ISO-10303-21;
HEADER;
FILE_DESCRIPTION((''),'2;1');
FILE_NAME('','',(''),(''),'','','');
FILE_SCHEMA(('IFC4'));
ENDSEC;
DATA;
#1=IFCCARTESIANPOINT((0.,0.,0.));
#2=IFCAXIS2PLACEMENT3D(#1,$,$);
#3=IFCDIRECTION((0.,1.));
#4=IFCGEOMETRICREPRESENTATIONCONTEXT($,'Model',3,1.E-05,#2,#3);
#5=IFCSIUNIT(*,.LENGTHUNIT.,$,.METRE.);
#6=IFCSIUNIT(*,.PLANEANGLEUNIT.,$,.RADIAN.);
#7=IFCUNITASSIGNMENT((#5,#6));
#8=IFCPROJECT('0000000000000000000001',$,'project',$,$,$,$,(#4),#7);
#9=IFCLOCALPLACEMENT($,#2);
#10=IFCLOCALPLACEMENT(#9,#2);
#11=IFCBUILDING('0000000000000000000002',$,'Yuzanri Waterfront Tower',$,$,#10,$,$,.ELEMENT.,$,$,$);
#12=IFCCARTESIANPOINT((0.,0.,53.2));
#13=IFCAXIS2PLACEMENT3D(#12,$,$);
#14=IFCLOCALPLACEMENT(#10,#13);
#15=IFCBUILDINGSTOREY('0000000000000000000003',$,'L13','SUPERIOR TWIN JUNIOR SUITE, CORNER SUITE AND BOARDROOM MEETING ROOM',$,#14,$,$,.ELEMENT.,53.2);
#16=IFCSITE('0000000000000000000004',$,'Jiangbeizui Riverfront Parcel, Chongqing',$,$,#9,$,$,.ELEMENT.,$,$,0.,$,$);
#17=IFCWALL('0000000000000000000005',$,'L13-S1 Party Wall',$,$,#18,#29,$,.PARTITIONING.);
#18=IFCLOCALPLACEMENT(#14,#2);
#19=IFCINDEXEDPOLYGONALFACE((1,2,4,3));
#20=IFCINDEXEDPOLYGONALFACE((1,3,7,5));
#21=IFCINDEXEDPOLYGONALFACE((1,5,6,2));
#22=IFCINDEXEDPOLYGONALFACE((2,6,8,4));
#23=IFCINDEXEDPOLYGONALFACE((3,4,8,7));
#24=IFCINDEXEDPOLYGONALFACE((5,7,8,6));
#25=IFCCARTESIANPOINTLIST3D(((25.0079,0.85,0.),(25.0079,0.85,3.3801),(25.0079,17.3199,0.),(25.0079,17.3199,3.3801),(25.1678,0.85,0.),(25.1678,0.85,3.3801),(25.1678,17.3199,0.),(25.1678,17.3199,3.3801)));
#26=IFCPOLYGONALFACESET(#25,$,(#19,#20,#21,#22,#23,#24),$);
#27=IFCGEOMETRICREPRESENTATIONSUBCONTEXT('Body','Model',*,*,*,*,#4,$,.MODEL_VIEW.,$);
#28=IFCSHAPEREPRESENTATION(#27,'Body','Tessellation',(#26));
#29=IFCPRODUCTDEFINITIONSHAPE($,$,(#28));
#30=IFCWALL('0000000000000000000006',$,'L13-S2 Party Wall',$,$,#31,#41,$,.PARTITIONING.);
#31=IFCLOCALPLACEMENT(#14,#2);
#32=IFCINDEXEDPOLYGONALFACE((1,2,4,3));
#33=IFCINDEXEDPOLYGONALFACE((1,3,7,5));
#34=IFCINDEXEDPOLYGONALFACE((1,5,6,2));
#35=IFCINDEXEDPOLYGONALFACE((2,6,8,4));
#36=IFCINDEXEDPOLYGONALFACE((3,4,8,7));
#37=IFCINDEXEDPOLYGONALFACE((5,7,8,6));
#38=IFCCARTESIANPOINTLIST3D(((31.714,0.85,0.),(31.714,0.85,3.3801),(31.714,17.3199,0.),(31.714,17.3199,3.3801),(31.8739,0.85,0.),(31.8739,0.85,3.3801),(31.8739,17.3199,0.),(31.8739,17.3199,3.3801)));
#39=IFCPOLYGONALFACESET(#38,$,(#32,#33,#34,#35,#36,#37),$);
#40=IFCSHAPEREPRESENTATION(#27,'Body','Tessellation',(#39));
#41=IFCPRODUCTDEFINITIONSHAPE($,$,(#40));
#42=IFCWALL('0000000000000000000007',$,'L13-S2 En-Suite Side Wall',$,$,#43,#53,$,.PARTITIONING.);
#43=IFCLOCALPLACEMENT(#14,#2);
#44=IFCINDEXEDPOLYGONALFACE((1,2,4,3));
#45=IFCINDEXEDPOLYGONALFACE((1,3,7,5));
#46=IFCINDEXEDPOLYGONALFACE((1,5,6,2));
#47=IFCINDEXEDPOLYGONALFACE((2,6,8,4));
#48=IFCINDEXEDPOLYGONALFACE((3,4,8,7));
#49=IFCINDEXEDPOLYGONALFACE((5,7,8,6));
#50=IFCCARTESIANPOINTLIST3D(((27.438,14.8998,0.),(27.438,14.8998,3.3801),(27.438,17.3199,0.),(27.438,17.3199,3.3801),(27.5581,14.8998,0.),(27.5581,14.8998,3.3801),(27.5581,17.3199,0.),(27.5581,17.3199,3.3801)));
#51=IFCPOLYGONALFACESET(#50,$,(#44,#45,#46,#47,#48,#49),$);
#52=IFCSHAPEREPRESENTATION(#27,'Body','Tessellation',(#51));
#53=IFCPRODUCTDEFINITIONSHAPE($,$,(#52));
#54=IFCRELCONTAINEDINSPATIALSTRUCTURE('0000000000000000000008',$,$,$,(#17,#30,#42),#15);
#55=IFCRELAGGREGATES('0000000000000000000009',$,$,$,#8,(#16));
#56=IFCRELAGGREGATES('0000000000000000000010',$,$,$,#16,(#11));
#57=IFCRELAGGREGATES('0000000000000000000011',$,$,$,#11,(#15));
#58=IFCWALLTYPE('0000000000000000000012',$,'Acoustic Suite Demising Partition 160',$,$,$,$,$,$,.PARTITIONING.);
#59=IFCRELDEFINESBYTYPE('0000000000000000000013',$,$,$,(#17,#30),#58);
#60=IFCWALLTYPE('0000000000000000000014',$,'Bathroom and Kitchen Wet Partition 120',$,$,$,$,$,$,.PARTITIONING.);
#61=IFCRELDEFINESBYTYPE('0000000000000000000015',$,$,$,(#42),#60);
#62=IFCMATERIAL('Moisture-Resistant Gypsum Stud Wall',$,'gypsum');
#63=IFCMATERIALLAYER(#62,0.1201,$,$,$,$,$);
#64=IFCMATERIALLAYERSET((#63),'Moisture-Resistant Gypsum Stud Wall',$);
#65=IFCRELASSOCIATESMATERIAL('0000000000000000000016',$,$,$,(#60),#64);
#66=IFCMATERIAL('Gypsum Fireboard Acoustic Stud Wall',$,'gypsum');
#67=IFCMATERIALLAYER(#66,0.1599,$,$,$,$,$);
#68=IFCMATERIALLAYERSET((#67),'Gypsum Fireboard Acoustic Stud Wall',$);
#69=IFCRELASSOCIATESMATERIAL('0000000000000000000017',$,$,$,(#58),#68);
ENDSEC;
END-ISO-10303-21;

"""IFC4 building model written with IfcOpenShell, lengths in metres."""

from ifc_helpers import new_model, si_unit, direction, frame, frame_2d, origin, place, context, subcontext, project, spatial, rectangle, extrude, source, transform, mapped, material, layer, layer_set, type_object, element, save


model = new_model("IFC4")

# Units and contexts
model_context = context("Model", 3, precision=1e-05, world=origin(), true_north=direction((0.0, 1.0)))
body_context = subcontext(model_context, "Body", "Model", "MODEL_VIEW")
ifc_project = project(units=[si_unit("LENGTHUNIT", "METRE"), si_unit("PLANEANGLEUNIT", "RADIAN")], contexts=[model_context])

# Site, building, storey
site_placement = place(None, origin())
site = spatial("IfcSite", under=ifc_project, at=site_placement, Name="Jiangbeizui Riverfront Parcel, Chongqing", CompositionType="ELEMENT", RefElevation=0.0)
building_placement = place(site_placement, origin())
building = spatial("IfcBuilding", under=site, at=building_placement, Name="Yuzanri Waterfront Tower", CompositionType="ELEMENT")
storey_placement = place(building_placement, frame((0.0, 0.0, 53.2)))
storey = spatial("IfcBuildingStorey", under=building, at=storey_placement, Name="L13", Description="SUPERIOR TWIN JUNIOR SUITE, CORNER SUITE AND BOARDROOM MEETING ROOM", CompositionType="ELEMENT", Elevation=53.2)

# Shared definitions
ifc_material_1 = material(Name="Moisture-Resistant Gypsum Stud Wall", Category="gypsum")
ifc_layer_1 = layer(ifc_material_1, 0.1201)
ifc_layer_set_1 = layer_set([ifc_layer_1], Name="Moisture-Resistant Gypsum Stud Wall")
wall_type_1 = type_object("IfcWallType", Name="Bathroom and Kitchen Wet Partition 120", PredefinedType="PARTITIONING", material=ifc_layer_set_1)

# Walls
ifc_material_2 = material(Name="Gypsum Fireboard Acoustic Stud Wall", Category="gypsum")
ifc_layer_2 = layer(ifc_material_2, 0.1599)
ifc_layer_set_2 = layer_set([ifc_layer_2], Name="Gypsum Fireboard Acoustic Stud Wall")
wall_type_2 = type_object("IfcWallType", Name="Acoustic Suite Demising Partition 160", PredefinedType="PARTITIONING", material=ifc_layer_set_2)
shared_shape_1 = source(origin(), body_context, "Body", "SweptSolid", [
    extrude(rectangle(XDim=16.47, YDim=0.1599, at=frame_2d((8.2349, 0.0))), origin(), (0.0, 0.0, 1.0), 3.3801),
])
for number, where, z_axis, x_axis, name in (
    (1, (25.0879, 0.8501, 0.0), (0.0, 0.0, 1.0), (0.0, 1.0, 0.0), "L13-S1 Party Wall"),
    (2, (31.7939, 0.8501, 0.0), (0.0, 0.0, 1.0), (0.0, 1.0, 0.0), "L13-S2 Party Wall"),
):
    element("IfcWall", number, at=place(storey_placement, frame(where, z_axis=z_axis, x_axis=x_axis)), inside=storey, type_object=wall_type_2, Name=name, PredefinedType="PARTITIONING", context=body_context, shape_type="MappedRepresentation", body=[
        mapped(shared_shape_1, transform((0.0, 0.0, 0.0), scale=1.0)),
    ])
shared_shape_2 = source(origin(), body_context, "Body", "SweptSolid", [
    extrude(rectangle(XDim=2.4202, YDim=0.1201, at=frame_2d((1.21, 0.0))), origin(), (0.0, 0.0, 1.0), 3.3801),
])
wall_1_placement = place(storey_placement, frame((27.498, 14.8999, 0.0), z_axis=(0.0, 0.0, 1.0), x_axis=(0.0, 1.0, 0.0)))
element("IfcWall", 3, at=wall_1_placement, inside=storey, type_object=wall_type_1, Name="L13-S2 En-Suite Side Wall", PredefinedType="PARTITIONING", context=body_context, shape_type="MappedRepresentation", body=[
    mapped(shared_shape_2, transform((0.0, 0.0, 0.0), scale=1.0)),
])

save(model, "model.ifc")
